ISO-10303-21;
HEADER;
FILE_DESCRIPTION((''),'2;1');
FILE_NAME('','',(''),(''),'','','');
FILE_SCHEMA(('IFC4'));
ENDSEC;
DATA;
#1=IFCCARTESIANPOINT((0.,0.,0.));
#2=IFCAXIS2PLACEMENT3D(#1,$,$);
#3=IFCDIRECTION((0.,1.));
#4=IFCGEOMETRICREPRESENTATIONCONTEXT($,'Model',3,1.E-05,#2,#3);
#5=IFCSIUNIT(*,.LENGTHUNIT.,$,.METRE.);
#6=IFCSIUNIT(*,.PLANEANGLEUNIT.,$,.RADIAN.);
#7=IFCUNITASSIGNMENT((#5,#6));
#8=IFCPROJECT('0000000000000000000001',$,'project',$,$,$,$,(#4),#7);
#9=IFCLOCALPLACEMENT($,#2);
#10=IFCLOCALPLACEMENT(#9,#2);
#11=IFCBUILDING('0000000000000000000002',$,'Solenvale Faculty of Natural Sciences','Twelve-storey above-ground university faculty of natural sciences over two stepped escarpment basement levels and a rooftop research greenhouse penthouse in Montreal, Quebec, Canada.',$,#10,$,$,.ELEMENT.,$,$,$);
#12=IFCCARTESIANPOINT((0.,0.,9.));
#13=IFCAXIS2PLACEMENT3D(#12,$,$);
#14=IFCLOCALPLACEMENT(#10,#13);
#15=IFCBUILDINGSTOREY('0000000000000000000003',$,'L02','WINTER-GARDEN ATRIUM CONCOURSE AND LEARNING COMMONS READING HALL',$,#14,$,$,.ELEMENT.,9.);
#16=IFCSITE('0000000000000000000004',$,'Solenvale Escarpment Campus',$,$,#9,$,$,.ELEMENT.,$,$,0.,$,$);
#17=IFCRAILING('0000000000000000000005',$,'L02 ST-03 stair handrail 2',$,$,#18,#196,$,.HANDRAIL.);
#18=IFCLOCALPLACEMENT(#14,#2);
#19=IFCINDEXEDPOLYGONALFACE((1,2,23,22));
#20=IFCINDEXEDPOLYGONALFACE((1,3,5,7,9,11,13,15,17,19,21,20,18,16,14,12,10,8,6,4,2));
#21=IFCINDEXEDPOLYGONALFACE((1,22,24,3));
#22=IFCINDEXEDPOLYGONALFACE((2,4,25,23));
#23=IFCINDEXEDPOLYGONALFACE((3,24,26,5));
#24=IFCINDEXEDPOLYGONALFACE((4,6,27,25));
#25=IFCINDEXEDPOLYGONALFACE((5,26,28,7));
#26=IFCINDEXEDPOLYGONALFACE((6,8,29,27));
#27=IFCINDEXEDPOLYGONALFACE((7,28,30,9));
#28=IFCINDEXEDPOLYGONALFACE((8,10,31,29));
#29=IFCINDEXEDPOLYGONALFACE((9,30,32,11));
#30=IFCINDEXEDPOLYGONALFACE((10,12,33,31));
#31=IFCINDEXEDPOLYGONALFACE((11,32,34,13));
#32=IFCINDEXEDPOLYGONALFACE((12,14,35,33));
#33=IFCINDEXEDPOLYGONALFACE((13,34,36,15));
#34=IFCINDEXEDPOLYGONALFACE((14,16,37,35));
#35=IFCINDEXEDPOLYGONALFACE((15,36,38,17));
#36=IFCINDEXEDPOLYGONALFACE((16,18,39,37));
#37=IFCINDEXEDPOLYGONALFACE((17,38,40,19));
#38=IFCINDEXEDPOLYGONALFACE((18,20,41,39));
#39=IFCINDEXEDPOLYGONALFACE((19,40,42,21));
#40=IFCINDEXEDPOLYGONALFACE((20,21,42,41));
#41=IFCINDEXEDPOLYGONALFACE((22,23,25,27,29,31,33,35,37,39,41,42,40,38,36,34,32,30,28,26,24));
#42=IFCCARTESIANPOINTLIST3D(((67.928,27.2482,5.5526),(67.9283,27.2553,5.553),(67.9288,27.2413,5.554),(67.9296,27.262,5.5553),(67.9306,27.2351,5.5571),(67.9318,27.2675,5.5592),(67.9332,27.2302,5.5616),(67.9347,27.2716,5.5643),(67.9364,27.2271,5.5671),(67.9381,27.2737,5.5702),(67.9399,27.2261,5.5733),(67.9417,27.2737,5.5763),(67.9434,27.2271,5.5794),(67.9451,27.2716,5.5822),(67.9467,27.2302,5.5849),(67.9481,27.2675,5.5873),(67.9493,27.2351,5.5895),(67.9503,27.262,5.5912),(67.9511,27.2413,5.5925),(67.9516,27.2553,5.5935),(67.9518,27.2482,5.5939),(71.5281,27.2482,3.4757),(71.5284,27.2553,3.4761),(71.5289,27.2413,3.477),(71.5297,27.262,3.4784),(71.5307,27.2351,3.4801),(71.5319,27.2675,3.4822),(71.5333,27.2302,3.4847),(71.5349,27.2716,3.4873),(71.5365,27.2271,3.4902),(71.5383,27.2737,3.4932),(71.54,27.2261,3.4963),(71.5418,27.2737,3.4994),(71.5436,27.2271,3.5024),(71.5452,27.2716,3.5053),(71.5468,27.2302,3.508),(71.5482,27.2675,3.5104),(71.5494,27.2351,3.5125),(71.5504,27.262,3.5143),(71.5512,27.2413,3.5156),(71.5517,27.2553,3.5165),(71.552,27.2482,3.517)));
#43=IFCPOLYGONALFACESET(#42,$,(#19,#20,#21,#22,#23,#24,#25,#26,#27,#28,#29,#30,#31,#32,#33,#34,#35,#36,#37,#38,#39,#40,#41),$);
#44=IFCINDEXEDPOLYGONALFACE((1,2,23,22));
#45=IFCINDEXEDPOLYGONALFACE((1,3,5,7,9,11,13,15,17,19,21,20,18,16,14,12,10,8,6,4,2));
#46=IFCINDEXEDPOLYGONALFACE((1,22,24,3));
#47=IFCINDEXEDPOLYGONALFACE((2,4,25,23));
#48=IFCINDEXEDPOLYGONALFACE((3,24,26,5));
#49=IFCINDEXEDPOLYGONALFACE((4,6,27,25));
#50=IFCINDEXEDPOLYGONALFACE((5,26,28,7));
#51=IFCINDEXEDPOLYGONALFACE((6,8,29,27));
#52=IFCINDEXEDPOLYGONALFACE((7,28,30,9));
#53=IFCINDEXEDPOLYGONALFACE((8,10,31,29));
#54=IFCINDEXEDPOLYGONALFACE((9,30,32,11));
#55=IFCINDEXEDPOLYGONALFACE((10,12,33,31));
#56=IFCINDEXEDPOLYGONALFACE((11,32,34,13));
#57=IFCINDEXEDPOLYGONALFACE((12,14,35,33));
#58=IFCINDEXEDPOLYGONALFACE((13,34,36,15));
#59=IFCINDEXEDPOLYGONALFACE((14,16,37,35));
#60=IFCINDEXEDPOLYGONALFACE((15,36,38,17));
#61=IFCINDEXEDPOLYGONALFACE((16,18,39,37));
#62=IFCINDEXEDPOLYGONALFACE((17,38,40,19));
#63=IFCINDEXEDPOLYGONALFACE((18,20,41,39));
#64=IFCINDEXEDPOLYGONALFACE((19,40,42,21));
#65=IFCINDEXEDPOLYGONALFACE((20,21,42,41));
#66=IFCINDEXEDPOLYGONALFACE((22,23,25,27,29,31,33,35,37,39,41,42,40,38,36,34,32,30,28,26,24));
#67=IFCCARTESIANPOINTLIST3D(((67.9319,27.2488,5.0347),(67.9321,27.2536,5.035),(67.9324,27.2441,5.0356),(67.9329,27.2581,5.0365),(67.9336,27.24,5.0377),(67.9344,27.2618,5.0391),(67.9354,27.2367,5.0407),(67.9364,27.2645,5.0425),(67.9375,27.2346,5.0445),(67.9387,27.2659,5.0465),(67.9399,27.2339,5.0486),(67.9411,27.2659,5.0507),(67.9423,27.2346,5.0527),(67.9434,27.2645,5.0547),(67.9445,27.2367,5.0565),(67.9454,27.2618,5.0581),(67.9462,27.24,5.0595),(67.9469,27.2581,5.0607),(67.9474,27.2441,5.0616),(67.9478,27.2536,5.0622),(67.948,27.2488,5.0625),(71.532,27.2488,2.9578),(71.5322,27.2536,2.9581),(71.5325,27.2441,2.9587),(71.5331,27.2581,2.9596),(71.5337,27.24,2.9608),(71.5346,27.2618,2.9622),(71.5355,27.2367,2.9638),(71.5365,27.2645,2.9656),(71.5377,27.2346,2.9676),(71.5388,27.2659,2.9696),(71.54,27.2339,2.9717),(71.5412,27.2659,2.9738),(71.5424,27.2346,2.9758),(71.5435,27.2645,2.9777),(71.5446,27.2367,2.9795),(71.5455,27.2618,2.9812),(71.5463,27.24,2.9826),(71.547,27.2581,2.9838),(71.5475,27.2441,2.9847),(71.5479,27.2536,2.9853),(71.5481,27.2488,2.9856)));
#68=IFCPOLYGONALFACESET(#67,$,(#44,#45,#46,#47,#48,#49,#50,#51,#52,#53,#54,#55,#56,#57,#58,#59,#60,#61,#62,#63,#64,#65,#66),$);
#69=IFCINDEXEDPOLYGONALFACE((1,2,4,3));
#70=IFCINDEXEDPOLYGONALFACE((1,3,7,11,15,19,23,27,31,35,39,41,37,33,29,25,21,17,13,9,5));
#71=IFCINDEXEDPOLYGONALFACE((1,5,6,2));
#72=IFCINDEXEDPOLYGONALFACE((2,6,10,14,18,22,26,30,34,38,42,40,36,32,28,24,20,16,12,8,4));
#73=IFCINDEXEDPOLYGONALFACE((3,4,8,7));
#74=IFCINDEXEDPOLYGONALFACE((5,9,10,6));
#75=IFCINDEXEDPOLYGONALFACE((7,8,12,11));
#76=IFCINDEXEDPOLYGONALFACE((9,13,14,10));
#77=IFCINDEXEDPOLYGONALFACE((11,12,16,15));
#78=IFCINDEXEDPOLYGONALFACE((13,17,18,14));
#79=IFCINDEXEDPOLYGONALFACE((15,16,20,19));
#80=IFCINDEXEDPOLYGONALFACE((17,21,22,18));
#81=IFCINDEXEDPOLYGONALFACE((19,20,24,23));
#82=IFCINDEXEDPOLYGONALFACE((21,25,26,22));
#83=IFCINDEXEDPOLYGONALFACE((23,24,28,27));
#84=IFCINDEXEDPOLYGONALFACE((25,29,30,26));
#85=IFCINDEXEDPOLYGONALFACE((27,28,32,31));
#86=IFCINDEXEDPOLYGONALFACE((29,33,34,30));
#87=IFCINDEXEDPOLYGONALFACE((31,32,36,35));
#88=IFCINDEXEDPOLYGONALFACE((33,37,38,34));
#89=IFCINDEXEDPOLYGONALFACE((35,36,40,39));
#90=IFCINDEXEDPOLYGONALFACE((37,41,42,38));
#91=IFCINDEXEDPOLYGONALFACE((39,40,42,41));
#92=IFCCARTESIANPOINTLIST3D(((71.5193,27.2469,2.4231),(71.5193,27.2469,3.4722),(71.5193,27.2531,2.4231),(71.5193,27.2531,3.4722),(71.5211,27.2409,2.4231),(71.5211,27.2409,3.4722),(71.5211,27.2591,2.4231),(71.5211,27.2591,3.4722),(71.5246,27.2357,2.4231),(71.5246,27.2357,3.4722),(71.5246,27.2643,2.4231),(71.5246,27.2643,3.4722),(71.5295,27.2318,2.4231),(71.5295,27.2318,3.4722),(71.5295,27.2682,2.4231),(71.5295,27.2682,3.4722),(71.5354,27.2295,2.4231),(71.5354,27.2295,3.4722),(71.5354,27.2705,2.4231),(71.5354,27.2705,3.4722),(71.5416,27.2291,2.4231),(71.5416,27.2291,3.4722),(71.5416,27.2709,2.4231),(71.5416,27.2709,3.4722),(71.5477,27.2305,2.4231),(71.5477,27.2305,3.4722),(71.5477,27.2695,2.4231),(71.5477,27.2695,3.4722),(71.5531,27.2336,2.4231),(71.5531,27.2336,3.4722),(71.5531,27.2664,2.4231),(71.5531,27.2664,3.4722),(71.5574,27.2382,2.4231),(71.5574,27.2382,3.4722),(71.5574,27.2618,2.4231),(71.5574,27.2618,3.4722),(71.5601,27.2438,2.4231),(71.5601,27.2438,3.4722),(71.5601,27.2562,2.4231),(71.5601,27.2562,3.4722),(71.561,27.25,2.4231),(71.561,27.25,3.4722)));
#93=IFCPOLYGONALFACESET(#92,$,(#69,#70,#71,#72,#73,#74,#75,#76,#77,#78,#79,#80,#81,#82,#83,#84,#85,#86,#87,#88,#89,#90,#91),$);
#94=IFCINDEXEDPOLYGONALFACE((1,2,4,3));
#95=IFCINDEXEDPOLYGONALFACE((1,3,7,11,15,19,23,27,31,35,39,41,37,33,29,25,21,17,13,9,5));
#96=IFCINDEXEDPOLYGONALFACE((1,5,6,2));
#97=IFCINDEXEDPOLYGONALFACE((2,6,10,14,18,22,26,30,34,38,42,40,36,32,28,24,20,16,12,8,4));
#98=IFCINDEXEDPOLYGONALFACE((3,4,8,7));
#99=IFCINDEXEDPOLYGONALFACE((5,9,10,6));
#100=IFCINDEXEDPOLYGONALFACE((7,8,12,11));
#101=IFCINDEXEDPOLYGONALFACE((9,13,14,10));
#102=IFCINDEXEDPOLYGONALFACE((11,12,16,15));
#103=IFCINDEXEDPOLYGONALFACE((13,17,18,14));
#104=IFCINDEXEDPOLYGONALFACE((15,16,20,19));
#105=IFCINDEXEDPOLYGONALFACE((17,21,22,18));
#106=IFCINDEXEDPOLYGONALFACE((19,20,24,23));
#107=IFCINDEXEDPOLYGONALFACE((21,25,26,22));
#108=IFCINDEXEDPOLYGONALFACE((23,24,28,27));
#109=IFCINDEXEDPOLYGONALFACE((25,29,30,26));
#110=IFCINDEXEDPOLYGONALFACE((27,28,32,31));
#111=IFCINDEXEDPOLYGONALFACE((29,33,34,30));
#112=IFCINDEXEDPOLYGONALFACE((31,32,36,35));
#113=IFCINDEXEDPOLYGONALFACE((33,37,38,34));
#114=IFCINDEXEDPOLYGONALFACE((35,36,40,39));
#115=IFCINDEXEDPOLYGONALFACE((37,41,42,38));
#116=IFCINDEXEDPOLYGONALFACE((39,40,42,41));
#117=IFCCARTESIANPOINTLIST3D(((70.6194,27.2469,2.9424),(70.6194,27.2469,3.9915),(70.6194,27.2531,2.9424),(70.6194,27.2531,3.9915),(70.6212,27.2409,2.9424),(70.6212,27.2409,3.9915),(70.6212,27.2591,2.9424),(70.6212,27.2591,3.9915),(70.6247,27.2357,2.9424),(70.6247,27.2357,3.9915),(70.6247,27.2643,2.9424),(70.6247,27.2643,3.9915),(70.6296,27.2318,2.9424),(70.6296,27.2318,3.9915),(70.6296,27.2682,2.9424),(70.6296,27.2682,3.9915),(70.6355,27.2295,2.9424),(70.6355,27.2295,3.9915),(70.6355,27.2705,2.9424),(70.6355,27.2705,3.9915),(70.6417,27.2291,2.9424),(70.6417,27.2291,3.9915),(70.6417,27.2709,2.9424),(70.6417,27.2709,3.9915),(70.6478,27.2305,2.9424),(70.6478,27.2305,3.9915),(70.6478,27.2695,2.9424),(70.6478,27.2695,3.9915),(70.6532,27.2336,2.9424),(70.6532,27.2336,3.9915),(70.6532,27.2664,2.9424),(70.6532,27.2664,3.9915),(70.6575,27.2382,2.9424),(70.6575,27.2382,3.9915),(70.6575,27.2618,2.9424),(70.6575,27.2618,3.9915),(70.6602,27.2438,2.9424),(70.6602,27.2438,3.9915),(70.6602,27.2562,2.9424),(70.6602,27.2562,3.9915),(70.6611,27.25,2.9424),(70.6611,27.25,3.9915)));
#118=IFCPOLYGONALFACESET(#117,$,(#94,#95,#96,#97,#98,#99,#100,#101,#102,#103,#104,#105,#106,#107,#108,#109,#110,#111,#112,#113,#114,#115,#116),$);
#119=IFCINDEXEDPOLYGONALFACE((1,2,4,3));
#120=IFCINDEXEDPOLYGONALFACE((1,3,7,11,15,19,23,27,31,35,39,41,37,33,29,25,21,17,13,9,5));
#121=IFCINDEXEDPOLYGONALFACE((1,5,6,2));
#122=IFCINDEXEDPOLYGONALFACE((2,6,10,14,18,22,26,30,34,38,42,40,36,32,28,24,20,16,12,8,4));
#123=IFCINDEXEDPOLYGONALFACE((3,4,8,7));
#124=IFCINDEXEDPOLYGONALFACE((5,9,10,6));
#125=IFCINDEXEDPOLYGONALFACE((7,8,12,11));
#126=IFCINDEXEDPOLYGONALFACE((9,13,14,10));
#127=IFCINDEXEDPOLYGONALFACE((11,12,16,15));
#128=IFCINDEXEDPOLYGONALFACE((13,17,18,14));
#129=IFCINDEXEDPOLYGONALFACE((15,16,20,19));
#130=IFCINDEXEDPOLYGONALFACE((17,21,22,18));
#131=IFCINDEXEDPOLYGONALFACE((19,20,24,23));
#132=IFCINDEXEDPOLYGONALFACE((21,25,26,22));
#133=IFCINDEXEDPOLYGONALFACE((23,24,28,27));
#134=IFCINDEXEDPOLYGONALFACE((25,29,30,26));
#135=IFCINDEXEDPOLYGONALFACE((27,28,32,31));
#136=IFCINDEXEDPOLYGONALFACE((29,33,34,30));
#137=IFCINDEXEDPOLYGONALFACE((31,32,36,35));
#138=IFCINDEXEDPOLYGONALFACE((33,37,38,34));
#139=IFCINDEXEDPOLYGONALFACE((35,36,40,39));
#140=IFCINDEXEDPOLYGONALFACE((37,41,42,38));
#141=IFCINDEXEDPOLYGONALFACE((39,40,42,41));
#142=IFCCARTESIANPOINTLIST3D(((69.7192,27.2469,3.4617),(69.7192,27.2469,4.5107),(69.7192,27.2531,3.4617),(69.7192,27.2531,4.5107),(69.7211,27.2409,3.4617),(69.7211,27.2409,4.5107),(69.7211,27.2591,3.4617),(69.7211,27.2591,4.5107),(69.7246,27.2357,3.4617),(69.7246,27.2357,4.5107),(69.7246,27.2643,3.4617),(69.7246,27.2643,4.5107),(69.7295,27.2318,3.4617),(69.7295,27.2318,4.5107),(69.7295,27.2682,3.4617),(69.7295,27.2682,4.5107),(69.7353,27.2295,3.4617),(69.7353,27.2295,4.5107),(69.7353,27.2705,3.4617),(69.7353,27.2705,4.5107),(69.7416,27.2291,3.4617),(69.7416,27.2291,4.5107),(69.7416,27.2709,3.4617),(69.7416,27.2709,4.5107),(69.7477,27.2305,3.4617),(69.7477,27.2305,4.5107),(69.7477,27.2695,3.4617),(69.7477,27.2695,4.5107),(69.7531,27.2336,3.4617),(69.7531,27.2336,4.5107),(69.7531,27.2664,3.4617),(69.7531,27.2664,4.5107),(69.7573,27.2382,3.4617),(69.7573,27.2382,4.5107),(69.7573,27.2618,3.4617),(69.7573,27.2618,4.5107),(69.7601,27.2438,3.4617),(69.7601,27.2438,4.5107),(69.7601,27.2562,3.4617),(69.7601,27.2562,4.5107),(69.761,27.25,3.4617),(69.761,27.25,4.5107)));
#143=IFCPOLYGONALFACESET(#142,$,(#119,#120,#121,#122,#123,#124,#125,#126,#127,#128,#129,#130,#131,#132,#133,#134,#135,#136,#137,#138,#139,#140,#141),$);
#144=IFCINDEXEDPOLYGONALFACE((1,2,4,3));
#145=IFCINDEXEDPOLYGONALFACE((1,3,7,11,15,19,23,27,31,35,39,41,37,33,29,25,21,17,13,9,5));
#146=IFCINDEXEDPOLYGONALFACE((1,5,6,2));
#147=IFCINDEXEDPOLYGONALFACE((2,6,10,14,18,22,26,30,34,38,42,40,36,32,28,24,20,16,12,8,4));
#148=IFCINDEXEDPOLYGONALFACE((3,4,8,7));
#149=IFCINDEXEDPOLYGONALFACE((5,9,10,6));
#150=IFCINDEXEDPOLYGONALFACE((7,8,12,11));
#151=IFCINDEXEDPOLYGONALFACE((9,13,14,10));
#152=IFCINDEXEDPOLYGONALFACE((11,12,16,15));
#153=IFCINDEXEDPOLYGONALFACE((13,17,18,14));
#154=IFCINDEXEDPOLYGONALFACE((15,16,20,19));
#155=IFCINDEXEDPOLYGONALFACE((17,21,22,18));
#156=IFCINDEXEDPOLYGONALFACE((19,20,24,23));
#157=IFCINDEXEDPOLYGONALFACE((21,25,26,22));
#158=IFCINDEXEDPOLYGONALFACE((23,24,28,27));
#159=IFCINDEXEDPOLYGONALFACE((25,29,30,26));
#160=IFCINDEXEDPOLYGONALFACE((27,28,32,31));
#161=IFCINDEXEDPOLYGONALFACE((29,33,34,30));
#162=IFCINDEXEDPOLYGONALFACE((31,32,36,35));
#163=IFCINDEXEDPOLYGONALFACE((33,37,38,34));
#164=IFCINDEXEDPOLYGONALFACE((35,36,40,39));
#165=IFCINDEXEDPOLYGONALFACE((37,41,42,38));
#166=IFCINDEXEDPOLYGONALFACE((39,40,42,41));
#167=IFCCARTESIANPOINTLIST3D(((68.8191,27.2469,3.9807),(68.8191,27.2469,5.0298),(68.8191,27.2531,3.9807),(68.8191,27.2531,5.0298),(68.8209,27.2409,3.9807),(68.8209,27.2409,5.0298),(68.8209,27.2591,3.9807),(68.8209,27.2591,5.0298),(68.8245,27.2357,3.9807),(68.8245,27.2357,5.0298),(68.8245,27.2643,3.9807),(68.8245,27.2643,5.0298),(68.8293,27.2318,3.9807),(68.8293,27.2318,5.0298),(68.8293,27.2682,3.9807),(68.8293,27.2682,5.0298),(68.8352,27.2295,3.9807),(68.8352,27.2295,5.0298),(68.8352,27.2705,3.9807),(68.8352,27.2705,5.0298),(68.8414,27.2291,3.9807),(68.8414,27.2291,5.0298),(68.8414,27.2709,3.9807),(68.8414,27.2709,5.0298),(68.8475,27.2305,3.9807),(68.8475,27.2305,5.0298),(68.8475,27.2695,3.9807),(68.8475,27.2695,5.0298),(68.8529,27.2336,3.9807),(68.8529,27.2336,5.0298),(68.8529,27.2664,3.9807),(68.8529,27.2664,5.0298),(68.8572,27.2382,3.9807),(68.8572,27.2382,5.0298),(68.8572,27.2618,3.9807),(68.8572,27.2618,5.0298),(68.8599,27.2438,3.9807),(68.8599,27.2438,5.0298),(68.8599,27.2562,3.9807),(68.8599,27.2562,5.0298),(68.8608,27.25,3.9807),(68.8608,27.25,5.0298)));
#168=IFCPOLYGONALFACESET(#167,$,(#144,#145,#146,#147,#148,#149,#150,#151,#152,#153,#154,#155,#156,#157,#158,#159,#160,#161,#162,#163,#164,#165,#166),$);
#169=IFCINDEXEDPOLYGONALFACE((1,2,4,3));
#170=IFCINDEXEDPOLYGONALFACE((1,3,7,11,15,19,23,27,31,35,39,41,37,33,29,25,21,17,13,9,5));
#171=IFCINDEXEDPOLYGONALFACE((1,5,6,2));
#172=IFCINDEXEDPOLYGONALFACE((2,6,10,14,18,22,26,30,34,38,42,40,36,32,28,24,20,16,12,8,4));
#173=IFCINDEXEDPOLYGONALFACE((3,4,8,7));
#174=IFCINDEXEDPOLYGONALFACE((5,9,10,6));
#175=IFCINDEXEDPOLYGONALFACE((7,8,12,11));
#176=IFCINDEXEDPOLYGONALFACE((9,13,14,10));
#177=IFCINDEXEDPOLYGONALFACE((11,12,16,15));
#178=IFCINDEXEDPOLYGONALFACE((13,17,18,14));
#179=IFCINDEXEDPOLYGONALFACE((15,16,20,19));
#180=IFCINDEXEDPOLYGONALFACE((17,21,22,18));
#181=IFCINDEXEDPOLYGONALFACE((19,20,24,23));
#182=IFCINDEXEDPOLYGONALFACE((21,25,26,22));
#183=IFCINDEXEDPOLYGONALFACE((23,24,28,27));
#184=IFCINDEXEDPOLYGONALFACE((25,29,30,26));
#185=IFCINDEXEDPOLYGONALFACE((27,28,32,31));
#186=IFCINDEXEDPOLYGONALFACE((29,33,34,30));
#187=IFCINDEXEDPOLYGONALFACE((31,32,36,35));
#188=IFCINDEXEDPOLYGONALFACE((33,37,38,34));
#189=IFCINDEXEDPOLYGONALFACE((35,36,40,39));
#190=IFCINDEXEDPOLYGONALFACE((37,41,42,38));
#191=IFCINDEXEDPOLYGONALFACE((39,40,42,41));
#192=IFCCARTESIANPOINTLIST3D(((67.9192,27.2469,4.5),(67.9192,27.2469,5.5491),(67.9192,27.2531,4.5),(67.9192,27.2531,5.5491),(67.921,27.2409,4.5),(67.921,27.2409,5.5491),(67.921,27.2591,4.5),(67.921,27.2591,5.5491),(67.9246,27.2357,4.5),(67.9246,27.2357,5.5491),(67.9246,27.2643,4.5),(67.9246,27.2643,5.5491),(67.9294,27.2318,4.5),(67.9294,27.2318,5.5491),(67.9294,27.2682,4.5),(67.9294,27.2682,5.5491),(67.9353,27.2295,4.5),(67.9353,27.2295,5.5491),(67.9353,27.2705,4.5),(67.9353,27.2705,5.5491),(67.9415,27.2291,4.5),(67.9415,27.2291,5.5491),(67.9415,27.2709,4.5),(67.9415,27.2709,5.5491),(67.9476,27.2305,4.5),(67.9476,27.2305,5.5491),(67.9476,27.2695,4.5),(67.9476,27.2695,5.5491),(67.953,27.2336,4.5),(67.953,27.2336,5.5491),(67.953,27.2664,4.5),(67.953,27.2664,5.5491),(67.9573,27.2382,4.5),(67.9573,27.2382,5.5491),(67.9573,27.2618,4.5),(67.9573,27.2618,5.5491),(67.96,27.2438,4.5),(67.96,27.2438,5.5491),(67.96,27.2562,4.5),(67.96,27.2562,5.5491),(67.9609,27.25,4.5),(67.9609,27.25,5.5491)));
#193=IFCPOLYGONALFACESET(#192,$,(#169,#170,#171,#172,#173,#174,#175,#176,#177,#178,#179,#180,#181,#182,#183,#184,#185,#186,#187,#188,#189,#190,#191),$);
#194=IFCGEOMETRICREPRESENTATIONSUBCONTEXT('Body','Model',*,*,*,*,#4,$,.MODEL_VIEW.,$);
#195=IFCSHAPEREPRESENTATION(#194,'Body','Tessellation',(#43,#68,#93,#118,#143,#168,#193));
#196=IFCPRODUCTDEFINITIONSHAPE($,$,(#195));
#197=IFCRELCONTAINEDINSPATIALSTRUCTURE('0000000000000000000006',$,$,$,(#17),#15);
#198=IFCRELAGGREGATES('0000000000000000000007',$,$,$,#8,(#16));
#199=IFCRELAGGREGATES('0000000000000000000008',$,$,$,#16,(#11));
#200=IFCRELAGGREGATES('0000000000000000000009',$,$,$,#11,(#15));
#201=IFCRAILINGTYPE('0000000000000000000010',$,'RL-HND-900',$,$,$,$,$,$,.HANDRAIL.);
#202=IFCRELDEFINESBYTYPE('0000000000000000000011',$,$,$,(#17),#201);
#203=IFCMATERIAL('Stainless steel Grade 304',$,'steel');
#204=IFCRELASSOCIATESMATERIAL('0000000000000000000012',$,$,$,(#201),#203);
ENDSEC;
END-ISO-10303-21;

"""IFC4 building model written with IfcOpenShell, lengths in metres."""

from ifc_helpers import new_model, si_unit, direction, frame, origin, origin_2d, place, context, subcontext, project, spatial, circle, extrude, material, type_object, element, save


model = new_model("IFC4")

# Units and contexts
model_context = context("Model", 3, precision=1e-05, world=origin(), true_north=direction((0.0, 1.0)))
body_context = subcontext(model_context, "Body", "Model", "MODEL_VIEW")
ifc_project = project(units=[si_unit("LENGTHUNIT", "METRE"), si_unit("PLANEANGLEUNIT", "RADIAN")], contexts=[model_context])

# Site, building, storey
site_placement = place(None, origin())
site = spatial("IfcSite", under=ifc_project, at=site_placement, Name="Solenvale Escarpment Campus", CompositionType="ELEMENT", RefElevation=0.0)
building_placement = place(site_placement, origin())
building = spatial("IfcBuilding", under=site, at=building_placement, Name="Solenvale Faculty of Natural Sciences", Description="Twelve-storey above-ground university faculty of natural sciences over two stepped escarpment basement levels and a rooftop research greenhouse penthouse in Montreal, Quebec, Canada.", CompositionType="ELEMENT")
storey_placement = place(building_placement, frame((0.0, 0.0, 9.0)))
storey = spatial("IfcBuildingStorey", under=building, at=storey_placement, Name="L02", Description="WINTER-GARDEN ATRIUM CONCOURSE AND LEARNING COMMONS READING HALL", CompositionType="ELEMENT", Elevation=9.0)

# Railing
ifc_material_1 = material(Name="Stainless steel Grade 304", Category="steel")
railing_type_1 = type_object("IfcRailingType", Name="RL-HND-900", PredefinedType="HANDRAIL", material=ifc_material_1)
railing_1_placement = place(storey_placement, frame((71.54, 27.25, 2.4231)))
element("IfcRailing", 1, at=railing_1_placement, inside=storey, type_object=railing_type_1, Name="L02 ST-03 stair handrail 2", PredefinedType="HANDRAIL", context=body_context, shape_type="SweptSolid", body=[
    extrude(circle(Radius=0.0239, at=origin_2d()), frame((0.0, 0.0, 1.0732), z_axis=(-0.866193, 0.0, 0.499709), x_axis=(0.0, -1.0, 0.0)), (0.0, 0.0, 1.0), 4.1562),
    extrude(circle(Radius=0.0161, at=origin_2d()), frame((0.0, 0.0, 0.5486), z_axis=(-0.866193, 0.0, 0.499709), x_axis=(0.0, -1.0, 0.0)), (0.0, 0.0, 1.0), 4.1562),
    extrude(circle(Radius=0.021, at=origin_2d()), origin(), (0.0, 0.0, 1.0), 1.0491),
    extrude(circle(Radius=0.021, at=origin_2d()), frame((-0.8999, 0.0, 0.5193)), (0.0, 0.0, 1.0), 1.0491),
    extrude(circle(Radius=0.021, at=origin_2d()), frame((-1.8, 0.0, 1.0386)), (0.0, 0.0, 1.0), 1.0491),
    extrude(circle(Radius=0.021, at=origin_2d()), frame((-2.7002, 0.0, 1.5576)), (0.0, 0.0, 1.0), 1.0491),
    extrude(circle(Radius=0.021, at=origin_2d()), frame((-3.6001, 0.0, 2.0769)), (0.0, 0.0, 1.0), 1.0491),
])

save(model, "model.ifc")
